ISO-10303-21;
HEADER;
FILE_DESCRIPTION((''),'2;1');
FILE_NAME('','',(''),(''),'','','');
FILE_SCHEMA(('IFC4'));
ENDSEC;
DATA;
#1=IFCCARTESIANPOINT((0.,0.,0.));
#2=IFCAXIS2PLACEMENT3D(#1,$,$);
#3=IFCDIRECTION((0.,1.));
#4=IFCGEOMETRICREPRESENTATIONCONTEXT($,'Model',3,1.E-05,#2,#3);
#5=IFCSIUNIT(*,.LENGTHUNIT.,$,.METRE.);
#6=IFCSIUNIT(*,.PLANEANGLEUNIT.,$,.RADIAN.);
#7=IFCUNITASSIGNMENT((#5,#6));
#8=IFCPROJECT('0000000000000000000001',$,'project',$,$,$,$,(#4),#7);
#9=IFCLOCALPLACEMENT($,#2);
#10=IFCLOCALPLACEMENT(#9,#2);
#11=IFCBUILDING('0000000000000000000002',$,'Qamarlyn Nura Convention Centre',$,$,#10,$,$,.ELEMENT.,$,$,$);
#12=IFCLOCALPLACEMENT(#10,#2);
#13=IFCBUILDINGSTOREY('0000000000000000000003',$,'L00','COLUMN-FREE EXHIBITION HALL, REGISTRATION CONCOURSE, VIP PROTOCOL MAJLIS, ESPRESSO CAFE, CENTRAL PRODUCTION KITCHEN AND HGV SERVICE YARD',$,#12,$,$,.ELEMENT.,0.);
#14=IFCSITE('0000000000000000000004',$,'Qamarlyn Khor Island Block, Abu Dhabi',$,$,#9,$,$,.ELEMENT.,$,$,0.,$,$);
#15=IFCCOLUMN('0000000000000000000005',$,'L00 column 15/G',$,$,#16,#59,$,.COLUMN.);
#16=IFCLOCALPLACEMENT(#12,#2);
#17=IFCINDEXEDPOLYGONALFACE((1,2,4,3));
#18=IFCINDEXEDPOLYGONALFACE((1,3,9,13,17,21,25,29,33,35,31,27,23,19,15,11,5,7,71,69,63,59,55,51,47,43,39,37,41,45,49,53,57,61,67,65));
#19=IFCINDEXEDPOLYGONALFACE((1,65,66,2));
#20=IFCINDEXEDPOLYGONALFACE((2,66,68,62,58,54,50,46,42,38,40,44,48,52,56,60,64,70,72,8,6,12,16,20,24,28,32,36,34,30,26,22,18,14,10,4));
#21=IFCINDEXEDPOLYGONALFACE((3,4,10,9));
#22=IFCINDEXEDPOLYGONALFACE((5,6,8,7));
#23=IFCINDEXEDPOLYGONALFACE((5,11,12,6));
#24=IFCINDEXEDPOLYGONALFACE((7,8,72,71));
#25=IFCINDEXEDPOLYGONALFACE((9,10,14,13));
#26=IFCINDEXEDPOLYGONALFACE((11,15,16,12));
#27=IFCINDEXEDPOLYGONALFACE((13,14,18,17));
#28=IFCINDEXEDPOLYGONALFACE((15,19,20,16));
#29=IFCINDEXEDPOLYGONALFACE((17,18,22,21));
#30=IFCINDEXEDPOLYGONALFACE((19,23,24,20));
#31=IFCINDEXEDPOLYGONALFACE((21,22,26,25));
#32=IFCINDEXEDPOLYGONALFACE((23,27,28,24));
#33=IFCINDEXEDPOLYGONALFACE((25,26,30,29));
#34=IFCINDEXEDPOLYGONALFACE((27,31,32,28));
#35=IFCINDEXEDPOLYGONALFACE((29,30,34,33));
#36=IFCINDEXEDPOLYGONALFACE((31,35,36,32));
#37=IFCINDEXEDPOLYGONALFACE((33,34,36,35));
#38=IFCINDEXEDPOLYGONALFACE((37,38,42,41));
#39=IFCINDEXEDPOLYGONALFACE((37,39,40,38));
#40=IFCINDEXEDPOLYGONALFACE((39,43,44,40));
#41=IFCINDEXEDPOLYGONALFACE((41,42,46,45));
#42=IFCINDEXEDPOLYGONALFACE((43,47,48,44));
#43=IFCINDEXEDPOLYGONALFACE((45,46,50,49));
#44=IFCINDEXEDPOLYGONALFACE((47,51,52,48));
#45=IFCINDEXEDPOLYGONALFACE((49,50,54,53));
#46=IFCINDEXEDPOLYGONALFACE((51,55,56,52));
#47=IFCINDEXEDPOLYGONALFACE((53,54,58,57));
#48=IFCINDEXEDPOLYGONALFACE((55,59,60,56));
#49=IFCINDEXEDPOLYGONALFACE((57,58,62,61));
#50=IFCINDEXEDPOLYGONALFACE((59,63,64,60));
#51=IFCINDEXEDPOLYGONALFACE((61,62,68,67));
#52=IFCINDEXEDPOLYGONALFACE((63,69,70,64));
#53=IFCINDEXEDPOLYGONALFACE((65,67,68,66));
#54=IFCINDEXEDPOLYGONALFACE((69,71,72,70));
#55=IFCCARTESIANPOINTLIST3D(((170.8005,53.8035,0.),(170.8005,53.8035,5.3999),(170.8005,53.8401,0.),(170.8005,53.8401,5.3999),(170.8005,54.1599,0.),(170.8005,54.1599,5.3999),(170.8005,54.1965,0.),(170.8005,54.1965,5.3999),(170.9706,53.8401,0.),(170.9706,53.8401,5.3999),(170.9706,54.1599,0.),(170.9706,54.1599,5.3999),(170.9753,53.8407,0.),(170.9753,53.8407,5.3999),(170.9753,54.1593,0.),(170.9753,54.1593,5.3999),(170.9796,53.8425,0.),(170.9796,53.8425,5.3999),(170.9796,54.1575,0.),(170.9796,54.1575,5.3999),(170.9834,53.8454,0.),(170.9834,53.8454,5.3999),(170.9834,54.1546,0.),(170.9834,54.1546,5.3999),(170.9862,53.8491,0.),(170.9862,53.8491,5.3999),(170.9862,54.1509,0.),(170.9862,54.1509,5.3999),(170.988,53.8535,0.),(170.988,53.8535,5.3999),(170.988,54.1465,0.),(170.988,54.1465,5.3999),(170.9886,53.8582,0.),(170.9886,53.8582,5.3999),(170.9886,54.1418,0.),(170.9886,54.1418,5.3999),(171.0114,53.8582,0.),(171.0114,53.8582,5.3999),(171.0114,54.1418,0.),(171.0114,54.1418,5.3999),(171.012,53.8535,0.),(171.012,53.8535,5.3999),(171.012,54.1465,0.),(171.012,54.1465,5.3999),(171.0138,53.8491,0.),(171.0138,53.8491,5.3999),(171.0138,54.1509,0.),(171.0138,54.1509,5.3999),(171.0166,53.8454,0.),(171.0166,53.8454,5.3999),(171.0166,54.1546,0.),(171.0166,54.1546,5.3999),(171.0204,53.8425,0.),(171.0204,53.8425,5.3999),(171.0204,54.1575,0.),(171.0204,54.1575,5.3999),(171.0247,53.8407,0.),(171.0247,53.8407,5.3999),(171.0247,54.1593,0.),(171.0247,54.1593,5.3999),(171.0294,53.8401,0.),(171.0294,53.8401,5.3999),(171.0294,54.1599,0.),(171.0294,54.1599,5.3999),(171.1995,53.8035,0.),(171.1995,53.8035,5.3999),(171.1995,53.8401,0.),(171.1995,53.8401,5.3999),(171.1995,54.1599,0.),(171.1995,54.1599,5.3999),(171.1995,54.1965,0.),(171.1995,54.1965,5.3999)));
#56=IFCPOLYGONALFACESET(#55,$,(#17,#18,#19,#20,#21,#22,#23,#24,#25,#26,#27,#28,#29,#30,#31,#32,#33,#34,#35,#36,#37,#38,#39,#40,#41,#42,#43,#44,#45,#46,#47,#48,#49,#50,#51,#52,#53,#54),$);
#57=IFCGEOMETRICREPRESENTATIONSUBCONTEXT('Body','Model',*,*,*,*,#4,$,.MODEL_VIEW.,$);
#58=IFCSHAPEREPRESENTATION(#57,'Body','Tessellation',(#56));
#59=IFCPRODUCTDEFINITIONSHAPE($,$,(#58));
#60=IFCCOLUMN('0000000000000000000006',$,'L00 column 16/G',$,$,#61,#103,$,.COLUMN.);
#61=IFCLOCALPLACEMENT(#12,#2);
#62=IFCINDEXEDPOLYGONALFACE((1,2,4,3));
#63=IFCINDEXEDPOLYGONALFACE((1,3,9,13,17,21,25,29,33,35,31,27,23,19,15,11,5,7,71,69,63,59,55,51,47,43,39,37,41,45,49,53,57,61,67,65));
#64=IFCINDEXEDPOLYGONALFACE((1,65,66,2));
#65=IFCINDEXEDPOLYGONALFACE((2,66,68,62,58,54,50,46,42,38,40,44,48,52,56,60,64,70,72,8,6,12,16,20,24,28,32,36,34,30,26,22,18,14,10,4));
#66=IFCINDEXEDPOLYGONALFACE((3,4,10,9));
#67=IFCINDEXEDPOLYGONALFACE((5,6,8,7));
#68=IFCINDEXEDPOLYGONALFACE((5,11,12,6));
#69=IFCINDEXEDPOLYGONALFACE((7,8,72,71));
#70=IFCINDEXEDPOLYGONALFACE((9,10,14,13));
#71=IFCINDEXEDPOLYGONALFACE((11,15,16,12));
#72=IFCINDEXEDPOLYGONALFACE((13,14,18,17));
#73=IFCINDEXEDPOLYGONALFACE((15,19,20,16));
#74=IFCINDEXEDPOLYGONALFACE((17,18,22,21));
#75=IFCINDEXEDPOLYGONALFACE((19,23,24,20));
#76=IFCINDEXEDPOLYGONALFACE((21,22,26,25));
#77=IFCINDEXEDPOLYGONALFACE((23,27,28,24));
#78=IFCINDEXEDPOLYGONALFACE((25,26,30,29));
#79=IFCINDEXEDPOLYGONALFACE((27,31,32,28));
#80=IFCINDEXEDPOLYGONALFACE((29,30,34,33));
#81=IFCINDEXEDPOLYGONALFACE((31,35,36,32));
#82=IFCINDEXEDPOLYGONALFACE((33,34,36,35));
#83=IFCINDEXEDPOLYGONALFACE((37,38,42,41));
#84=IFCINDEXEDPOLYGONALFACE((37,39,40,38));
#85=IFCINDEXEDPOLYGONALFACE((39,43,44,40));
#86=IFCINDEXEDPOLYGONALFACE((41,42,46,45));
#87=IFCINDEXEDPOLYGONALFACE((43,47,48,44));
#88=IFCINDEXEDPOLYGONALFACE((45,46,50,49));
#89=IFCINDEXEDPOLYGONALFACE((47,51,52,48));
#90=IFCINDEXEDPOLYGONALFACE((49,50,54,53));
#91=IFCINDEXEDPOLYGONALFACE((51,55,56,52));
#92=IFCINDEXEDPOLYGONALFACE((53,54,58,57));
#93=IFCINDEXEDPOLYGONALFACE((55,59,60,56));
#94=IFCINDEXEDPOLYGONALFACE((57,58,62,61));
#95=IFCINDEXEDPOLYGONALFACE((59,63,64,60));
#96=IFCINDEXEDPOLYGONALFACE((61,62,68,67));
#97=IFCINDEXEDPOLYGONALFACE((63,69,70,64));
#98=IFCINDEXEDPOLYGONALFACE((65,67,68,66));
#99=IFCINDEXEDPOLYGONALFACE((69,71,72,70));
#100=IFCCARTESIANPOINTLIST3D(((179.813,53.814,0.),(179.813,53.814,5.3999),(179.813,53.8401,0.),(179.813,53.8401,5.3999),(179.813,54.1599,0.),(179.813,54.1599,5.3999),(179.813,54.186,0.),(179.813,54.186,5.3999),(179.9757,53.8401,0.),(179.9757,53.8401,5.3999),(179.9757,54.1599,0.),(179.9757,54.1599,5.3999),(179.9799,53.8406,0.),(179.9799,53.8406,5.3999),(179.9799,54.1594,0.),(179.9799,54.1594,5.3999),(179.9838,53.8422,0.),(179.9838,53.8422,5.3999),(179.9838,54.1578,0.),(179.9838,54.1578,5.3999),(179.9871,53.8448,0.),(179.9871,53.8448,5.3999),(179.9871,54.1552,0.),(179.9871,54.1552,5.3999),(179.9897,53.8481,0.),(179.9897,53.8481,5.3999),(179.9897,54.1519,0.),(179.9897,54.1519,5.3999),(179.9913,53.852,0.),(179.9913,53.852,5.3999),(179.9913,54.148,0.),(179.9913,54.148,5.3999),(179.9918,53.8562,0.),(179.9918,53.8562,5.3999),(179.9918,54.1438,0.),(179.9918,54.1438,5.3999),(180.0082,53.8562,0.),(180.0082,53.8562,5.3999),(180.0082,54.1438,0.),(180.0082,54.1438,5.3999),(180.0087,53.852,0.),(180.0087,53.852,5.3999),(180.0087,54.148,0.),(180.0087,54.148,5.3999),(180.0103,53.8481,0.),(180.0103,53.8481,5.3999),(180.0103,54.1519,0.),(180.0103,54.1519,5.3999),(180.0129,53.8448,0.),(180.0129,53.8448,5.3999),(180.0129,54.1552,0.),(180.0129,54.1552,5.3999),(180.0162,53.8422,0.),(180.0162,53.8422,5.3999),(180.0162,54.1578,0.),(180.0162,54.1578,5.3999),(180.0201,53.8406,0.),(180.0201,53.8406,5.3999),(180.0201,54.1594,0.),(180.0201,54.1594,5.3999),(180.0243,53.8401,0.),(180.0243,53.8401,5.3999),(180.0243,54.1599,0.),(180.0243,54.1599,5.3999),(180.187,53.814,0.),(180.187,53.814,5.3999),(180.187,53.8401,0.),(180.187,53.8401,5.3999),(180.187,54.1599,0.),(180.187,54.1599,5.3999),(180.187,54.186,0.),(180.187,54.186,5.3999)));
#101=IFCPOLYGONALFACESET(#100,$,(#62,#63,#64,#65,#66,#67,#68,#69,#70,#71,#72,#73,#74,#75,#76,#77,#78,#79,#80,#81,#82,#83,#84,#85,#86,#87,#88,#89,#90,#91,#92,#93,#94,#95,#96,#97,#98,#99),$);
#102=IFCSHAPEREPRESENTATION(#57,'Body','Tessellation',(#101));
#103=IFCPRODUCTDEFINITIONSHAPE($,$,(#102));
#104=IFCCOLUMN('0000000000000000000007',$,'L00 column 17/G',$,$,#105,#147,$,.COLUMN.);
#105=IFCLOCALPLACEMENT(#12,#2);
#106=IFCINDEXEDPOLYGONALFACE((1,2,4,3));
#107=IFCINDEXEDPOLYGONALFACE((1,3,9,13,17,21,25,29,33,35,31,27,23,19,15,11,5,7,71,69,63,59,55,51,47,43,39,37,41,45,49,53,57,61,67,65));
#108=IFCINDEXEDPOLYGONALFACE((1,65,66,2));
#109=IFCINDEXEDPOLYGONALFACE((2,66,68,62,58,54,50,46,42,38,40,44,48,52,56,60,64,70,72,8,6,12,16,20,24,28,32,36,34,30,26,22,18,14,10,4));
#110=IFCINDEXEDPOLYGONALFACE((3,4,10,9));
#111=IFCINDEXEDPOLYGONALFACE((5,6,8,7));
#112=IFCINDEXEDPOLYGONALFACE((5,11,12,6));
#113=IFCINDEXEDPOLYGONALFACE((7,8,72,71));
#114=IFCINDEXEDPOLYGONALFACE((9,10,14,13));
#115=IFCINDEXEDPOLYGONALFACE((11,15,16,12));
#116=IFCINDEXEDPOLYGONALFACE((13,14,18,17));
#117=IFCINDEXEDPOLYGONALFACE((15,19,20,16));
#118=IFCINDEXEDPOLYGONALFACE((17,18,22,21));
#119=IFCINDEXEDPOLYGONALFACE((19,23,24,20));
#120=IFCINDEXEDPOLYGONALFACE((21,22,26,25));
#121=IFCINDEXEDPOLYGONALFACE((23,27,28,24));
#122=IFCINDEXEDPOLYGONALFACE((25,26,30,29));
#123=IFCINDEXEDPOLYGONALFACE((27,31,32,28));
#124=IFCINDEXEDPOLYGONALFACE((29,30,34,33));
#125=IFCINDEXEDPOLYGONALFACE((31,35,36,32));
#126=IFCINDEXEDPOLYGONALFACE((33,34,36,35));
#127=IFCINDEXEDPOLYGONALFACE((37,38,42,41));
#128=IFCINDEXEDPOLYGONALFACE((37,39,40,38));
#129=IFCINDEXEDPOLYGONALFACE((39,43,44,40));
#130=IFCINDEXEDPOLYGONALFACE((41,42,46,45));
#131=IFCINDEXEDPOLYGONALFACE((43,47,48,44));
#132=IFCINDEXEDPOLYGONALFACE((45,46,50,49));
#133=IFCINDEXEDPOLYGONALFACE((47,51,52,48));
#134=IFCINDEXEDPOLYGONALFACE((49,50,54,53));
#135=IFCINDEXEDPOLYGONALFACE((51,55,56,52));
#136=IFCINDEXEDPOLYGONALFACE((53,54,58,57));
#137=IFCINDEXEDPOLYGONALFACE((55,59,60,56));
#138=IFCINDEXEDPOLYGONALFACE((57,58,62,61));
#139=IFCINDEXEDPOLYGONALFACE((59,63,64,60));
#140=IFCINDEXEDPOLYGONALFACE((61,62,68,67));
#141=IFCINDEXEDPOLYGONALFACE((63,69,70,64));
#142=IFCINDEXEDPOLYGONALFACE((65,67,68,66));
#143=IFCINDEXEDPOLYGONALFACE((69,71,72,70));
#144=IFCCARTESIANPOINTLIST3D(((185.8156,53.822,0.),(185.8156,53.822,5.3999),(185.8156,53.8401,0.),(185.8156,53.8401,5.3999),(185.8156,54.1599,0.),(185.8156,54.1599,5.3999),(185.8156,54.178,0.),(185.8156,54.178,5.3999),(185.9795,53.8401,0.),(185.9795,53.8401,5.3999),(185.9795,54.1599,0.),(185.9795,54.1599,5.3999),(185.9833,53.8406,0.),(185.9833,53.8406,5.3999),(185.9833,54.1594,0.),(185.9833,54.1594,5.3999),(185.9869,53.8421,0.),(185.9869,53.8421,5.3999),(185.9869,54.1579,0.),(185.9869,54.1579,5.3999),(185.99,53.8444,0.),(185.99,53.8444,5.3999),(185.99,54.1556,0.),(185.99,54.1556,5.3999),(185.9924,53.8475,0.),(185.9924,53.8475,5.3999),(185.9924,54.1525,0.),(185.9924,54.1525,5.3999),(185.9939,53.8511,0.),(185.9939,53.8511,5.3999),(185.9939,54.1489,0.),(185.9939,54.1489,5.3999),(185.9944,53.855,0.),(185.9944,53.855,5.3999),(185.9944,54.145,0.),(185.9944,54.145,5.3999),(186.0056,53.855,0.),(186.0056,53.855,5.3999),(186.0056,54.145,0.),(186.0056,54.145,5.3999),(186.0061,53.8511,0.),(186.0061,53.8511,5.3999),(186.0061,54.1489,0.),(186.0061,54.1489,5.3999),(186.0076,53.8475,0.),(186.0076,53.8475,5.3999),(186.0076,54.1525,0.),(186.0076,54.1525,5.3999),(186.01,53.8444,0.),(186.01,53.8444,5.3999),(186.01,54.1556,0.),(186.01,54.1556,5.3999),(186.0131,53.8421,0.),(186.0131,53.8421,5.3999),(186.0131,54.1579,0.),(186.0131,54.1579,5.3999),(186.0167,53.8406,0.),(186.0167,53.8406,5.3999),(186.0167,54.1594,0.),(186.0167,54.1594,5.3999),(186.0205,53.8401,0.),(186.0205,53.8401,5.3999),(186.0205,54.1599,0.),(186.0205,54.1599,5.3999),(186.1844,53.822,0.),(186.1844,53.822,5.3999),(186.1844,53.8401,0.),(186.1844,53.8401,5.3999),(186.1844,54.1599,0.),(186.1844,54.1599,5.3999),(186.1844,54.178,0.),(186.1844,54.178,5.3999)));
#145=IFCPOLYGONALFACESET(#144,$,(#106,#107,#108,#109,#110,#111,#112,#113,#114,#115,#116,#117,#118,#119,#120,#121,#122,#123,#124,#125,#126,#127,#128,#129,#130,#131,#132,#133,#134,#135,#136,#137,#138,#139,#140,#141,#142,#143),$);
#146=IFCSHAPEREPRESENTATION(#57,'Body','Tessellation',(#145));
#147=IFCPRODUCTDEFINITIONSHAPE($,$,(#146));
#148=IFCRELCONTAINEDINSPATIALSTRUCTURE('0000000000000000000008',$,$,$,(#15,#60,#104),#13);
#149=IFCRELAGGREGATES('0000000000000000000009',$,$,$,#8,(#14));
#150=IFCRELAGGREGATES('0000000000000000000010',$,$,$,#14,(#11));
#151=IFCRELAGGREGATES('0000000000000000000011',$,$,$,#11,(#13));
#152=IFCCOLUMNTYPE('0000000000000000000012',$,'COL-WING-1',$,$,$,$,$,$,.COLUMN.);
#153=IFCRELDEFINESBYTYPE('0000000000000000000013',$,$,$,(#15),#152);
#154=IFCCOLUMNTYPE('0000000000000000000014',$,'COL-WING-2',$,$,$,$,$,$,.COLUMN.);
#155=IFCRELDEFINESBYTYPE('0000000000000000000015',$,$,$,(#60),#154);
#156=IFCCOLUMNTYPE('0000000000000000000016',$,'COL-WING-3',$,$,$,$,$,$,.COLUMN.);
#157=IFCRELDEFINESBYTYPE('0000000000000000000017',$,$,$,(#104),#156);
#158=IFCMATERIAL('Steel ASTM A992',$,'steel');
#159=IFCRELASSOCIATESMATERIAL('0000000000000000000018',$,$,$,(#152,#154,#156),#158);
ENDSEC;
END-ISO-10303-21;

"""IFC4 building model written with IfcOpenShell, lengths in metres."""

from ifc_helpers import new_model, si_unit, direction, frame, origin, origin_2d, place, context, subcontext, project, spatial, i_section, extrude, material, material_profile, profile_set, type_object, element, save


model = new_model("IFC4")

# Units and contexts
model_context = context("Model", 3, precision=1e-05, world=origin(), true_north=direction((0.0, 1.0)))
body_context = subcontext(model_context, "Body", "Model", "MODEL_VIEW")
ifc_project = project(units=[si_unit("LENGTHUNIT", "METRE"), si_unit("PLANEANGLEUNIT", "RADIAN")], contexts=[model_context])

# Site, building, storey
site_placement = place(None, origin())
site = spatial("IfcSite", under=ifc_project, at=site_placement, Name="Qamarlyn Khor Island Block, Abu Dhabi", CompositionType="ELEMENT", RefElevation=0.0)
building_placement = place(site_placement, origin())
building = spatial("IfcBuilding", under=site, at=building_placement, Name="Qamarlyn Nura Convention Centre", CompositionType="ELEMENT")
storey_placement = place(building_placement, origin())
storey = spatial("IfcBuildingStorey", under=building, at=storey_placement, Name="L00", Description="COLUMN-FREE EXHIBITION HALL, REGISTRATION CONCOURSE, VIP PROTOCOL MAJLIS, ESPRESSO CAFE, CENTRAL PRODUCTION KITCHEN AND HGV SERVICE YARD", CompositionType="ELEMENT", Elevation=0.0)

# Columns
ifc_material_1 = material(Name="Steel ASTM A992", Category="steel")
ifc_material_profile_1 = material_profile(ifc_material_1, i_section(OverallWidth=0.3989, OverallDepth=0.3931, WebThickness=0.0227, FlangeThickness=0.0366, FilletRadius=0.0181, at=origin_2d()), Name="W360X287")
ifc_profile_set_1 = profile_set([ifc_material_profile_1], Name="Steel ASTM A992")
column_type_1 = type_object("IfcColumnType", Name="COL-WING-1", PredefinedType="COLUMN", material=ifc_profile_set_1)
column_1_placement = place(storey_placement, frame((171.0, 54.0, 0.0), z_axis=(0.0, 0.0, 1.0), x_axis=(1.0, 0.0, 0.0)))
element("IfcColumn", 1, at=column_1_placement, inside=storey, type_object=column_type_1, Name="L00 column 15/G", PredefinedType="COLUMN", context=body_context, shape_type="SweptSolid", body=[
    extrude(i_section(OverallWidth=0.3989, OverallDepth=0.3931, WebThickness=0.0227, FlangeThickness=0.0366, FilletRadius=0.0181, at=origin_2d()), origin(), (0.0, 0.0, 1.0), 5.3999),
])
ifc_material_profile_2 = material_profile(ifc_material_1, i_section(OverallWidth=0.374, OverallDepth=0.3721, WebThickness=0.0164, FlangeThickness=0.0261, FilletRadius=0.0161, at=origin_2d()), Name="W360X196")
ifc_profile_set_2 = profile_set([ifc_material_profile_2], Name="Steel ASTM A992")
column_type_2 = type_object("IfcColumnType", Name="COL-WING-2", PredefinedType="COLUMN", material=ifc_profile_set_2)
column_2_placement = place(storey_placement, frame((180.0, 54.0, 0.0), z_axis=(0.0, 0.0, 1.0), x_axis=(1.0, 0.0, 0.0)))
element("IfcColumn", 2, at=column_2_placement, inside=storey, type_object=column_type_2, Name="L00 column 16/G", PredefinedType="COLUMN", context=body_context, shape_type="SweptSolid", body=[
    extrude(i_section(OverallWidth=0.374, OverallDepth=0.3721, WebThickness=0.0164, FlangeThickness=0.0261, FilletRadius=0.0161, at=origin_2d()), origin(), (0.0, 0.0, 1.0), 5.3999),
])
ifc_material_profile_3 = material_profile(ifc_material_1, i_section(OverallWidth=0.3689, OverallDepth=0.356, WebThickness=0.0112, FlangeThickness=0.0181, FilletRadius=0.0149, at=origin_2d()), Name="W360X134")
ifc_profile_set_3 = profile_set([ifc_material_profile_3], Name="Steel ASTM A992")
column_type_3 = type_object("IfcColumnType", Name="COL-WING-3", PredefinedType="COLUMN", material=ifc_profile_set_3)
column_3_placement = place(storey_placement, frame((186.0, 54.0, 0.0), z_axis=(0.0, 0.0, 1.0), x_axis=(1.0, 0.0, 0.0)))
element("IfcColumn", 3, at=column_3_placement, inside=storey, type_object=column_type_3, Name="L00 column 17/G", PredefinedType="COLUMN", context=body_context, shape_type="SweptSolid", body=[
    extrude(i_section(OverallWidth=0.3689, OverallDepth=0.356, WebThickness=0.0112, FlangeThickness=0.0181, FilletRadius=0.0149, at=origin_2d()), origin(), (0.0, 0.0, 1.0), 5.3999),
])

save(model, "model.ifc")
